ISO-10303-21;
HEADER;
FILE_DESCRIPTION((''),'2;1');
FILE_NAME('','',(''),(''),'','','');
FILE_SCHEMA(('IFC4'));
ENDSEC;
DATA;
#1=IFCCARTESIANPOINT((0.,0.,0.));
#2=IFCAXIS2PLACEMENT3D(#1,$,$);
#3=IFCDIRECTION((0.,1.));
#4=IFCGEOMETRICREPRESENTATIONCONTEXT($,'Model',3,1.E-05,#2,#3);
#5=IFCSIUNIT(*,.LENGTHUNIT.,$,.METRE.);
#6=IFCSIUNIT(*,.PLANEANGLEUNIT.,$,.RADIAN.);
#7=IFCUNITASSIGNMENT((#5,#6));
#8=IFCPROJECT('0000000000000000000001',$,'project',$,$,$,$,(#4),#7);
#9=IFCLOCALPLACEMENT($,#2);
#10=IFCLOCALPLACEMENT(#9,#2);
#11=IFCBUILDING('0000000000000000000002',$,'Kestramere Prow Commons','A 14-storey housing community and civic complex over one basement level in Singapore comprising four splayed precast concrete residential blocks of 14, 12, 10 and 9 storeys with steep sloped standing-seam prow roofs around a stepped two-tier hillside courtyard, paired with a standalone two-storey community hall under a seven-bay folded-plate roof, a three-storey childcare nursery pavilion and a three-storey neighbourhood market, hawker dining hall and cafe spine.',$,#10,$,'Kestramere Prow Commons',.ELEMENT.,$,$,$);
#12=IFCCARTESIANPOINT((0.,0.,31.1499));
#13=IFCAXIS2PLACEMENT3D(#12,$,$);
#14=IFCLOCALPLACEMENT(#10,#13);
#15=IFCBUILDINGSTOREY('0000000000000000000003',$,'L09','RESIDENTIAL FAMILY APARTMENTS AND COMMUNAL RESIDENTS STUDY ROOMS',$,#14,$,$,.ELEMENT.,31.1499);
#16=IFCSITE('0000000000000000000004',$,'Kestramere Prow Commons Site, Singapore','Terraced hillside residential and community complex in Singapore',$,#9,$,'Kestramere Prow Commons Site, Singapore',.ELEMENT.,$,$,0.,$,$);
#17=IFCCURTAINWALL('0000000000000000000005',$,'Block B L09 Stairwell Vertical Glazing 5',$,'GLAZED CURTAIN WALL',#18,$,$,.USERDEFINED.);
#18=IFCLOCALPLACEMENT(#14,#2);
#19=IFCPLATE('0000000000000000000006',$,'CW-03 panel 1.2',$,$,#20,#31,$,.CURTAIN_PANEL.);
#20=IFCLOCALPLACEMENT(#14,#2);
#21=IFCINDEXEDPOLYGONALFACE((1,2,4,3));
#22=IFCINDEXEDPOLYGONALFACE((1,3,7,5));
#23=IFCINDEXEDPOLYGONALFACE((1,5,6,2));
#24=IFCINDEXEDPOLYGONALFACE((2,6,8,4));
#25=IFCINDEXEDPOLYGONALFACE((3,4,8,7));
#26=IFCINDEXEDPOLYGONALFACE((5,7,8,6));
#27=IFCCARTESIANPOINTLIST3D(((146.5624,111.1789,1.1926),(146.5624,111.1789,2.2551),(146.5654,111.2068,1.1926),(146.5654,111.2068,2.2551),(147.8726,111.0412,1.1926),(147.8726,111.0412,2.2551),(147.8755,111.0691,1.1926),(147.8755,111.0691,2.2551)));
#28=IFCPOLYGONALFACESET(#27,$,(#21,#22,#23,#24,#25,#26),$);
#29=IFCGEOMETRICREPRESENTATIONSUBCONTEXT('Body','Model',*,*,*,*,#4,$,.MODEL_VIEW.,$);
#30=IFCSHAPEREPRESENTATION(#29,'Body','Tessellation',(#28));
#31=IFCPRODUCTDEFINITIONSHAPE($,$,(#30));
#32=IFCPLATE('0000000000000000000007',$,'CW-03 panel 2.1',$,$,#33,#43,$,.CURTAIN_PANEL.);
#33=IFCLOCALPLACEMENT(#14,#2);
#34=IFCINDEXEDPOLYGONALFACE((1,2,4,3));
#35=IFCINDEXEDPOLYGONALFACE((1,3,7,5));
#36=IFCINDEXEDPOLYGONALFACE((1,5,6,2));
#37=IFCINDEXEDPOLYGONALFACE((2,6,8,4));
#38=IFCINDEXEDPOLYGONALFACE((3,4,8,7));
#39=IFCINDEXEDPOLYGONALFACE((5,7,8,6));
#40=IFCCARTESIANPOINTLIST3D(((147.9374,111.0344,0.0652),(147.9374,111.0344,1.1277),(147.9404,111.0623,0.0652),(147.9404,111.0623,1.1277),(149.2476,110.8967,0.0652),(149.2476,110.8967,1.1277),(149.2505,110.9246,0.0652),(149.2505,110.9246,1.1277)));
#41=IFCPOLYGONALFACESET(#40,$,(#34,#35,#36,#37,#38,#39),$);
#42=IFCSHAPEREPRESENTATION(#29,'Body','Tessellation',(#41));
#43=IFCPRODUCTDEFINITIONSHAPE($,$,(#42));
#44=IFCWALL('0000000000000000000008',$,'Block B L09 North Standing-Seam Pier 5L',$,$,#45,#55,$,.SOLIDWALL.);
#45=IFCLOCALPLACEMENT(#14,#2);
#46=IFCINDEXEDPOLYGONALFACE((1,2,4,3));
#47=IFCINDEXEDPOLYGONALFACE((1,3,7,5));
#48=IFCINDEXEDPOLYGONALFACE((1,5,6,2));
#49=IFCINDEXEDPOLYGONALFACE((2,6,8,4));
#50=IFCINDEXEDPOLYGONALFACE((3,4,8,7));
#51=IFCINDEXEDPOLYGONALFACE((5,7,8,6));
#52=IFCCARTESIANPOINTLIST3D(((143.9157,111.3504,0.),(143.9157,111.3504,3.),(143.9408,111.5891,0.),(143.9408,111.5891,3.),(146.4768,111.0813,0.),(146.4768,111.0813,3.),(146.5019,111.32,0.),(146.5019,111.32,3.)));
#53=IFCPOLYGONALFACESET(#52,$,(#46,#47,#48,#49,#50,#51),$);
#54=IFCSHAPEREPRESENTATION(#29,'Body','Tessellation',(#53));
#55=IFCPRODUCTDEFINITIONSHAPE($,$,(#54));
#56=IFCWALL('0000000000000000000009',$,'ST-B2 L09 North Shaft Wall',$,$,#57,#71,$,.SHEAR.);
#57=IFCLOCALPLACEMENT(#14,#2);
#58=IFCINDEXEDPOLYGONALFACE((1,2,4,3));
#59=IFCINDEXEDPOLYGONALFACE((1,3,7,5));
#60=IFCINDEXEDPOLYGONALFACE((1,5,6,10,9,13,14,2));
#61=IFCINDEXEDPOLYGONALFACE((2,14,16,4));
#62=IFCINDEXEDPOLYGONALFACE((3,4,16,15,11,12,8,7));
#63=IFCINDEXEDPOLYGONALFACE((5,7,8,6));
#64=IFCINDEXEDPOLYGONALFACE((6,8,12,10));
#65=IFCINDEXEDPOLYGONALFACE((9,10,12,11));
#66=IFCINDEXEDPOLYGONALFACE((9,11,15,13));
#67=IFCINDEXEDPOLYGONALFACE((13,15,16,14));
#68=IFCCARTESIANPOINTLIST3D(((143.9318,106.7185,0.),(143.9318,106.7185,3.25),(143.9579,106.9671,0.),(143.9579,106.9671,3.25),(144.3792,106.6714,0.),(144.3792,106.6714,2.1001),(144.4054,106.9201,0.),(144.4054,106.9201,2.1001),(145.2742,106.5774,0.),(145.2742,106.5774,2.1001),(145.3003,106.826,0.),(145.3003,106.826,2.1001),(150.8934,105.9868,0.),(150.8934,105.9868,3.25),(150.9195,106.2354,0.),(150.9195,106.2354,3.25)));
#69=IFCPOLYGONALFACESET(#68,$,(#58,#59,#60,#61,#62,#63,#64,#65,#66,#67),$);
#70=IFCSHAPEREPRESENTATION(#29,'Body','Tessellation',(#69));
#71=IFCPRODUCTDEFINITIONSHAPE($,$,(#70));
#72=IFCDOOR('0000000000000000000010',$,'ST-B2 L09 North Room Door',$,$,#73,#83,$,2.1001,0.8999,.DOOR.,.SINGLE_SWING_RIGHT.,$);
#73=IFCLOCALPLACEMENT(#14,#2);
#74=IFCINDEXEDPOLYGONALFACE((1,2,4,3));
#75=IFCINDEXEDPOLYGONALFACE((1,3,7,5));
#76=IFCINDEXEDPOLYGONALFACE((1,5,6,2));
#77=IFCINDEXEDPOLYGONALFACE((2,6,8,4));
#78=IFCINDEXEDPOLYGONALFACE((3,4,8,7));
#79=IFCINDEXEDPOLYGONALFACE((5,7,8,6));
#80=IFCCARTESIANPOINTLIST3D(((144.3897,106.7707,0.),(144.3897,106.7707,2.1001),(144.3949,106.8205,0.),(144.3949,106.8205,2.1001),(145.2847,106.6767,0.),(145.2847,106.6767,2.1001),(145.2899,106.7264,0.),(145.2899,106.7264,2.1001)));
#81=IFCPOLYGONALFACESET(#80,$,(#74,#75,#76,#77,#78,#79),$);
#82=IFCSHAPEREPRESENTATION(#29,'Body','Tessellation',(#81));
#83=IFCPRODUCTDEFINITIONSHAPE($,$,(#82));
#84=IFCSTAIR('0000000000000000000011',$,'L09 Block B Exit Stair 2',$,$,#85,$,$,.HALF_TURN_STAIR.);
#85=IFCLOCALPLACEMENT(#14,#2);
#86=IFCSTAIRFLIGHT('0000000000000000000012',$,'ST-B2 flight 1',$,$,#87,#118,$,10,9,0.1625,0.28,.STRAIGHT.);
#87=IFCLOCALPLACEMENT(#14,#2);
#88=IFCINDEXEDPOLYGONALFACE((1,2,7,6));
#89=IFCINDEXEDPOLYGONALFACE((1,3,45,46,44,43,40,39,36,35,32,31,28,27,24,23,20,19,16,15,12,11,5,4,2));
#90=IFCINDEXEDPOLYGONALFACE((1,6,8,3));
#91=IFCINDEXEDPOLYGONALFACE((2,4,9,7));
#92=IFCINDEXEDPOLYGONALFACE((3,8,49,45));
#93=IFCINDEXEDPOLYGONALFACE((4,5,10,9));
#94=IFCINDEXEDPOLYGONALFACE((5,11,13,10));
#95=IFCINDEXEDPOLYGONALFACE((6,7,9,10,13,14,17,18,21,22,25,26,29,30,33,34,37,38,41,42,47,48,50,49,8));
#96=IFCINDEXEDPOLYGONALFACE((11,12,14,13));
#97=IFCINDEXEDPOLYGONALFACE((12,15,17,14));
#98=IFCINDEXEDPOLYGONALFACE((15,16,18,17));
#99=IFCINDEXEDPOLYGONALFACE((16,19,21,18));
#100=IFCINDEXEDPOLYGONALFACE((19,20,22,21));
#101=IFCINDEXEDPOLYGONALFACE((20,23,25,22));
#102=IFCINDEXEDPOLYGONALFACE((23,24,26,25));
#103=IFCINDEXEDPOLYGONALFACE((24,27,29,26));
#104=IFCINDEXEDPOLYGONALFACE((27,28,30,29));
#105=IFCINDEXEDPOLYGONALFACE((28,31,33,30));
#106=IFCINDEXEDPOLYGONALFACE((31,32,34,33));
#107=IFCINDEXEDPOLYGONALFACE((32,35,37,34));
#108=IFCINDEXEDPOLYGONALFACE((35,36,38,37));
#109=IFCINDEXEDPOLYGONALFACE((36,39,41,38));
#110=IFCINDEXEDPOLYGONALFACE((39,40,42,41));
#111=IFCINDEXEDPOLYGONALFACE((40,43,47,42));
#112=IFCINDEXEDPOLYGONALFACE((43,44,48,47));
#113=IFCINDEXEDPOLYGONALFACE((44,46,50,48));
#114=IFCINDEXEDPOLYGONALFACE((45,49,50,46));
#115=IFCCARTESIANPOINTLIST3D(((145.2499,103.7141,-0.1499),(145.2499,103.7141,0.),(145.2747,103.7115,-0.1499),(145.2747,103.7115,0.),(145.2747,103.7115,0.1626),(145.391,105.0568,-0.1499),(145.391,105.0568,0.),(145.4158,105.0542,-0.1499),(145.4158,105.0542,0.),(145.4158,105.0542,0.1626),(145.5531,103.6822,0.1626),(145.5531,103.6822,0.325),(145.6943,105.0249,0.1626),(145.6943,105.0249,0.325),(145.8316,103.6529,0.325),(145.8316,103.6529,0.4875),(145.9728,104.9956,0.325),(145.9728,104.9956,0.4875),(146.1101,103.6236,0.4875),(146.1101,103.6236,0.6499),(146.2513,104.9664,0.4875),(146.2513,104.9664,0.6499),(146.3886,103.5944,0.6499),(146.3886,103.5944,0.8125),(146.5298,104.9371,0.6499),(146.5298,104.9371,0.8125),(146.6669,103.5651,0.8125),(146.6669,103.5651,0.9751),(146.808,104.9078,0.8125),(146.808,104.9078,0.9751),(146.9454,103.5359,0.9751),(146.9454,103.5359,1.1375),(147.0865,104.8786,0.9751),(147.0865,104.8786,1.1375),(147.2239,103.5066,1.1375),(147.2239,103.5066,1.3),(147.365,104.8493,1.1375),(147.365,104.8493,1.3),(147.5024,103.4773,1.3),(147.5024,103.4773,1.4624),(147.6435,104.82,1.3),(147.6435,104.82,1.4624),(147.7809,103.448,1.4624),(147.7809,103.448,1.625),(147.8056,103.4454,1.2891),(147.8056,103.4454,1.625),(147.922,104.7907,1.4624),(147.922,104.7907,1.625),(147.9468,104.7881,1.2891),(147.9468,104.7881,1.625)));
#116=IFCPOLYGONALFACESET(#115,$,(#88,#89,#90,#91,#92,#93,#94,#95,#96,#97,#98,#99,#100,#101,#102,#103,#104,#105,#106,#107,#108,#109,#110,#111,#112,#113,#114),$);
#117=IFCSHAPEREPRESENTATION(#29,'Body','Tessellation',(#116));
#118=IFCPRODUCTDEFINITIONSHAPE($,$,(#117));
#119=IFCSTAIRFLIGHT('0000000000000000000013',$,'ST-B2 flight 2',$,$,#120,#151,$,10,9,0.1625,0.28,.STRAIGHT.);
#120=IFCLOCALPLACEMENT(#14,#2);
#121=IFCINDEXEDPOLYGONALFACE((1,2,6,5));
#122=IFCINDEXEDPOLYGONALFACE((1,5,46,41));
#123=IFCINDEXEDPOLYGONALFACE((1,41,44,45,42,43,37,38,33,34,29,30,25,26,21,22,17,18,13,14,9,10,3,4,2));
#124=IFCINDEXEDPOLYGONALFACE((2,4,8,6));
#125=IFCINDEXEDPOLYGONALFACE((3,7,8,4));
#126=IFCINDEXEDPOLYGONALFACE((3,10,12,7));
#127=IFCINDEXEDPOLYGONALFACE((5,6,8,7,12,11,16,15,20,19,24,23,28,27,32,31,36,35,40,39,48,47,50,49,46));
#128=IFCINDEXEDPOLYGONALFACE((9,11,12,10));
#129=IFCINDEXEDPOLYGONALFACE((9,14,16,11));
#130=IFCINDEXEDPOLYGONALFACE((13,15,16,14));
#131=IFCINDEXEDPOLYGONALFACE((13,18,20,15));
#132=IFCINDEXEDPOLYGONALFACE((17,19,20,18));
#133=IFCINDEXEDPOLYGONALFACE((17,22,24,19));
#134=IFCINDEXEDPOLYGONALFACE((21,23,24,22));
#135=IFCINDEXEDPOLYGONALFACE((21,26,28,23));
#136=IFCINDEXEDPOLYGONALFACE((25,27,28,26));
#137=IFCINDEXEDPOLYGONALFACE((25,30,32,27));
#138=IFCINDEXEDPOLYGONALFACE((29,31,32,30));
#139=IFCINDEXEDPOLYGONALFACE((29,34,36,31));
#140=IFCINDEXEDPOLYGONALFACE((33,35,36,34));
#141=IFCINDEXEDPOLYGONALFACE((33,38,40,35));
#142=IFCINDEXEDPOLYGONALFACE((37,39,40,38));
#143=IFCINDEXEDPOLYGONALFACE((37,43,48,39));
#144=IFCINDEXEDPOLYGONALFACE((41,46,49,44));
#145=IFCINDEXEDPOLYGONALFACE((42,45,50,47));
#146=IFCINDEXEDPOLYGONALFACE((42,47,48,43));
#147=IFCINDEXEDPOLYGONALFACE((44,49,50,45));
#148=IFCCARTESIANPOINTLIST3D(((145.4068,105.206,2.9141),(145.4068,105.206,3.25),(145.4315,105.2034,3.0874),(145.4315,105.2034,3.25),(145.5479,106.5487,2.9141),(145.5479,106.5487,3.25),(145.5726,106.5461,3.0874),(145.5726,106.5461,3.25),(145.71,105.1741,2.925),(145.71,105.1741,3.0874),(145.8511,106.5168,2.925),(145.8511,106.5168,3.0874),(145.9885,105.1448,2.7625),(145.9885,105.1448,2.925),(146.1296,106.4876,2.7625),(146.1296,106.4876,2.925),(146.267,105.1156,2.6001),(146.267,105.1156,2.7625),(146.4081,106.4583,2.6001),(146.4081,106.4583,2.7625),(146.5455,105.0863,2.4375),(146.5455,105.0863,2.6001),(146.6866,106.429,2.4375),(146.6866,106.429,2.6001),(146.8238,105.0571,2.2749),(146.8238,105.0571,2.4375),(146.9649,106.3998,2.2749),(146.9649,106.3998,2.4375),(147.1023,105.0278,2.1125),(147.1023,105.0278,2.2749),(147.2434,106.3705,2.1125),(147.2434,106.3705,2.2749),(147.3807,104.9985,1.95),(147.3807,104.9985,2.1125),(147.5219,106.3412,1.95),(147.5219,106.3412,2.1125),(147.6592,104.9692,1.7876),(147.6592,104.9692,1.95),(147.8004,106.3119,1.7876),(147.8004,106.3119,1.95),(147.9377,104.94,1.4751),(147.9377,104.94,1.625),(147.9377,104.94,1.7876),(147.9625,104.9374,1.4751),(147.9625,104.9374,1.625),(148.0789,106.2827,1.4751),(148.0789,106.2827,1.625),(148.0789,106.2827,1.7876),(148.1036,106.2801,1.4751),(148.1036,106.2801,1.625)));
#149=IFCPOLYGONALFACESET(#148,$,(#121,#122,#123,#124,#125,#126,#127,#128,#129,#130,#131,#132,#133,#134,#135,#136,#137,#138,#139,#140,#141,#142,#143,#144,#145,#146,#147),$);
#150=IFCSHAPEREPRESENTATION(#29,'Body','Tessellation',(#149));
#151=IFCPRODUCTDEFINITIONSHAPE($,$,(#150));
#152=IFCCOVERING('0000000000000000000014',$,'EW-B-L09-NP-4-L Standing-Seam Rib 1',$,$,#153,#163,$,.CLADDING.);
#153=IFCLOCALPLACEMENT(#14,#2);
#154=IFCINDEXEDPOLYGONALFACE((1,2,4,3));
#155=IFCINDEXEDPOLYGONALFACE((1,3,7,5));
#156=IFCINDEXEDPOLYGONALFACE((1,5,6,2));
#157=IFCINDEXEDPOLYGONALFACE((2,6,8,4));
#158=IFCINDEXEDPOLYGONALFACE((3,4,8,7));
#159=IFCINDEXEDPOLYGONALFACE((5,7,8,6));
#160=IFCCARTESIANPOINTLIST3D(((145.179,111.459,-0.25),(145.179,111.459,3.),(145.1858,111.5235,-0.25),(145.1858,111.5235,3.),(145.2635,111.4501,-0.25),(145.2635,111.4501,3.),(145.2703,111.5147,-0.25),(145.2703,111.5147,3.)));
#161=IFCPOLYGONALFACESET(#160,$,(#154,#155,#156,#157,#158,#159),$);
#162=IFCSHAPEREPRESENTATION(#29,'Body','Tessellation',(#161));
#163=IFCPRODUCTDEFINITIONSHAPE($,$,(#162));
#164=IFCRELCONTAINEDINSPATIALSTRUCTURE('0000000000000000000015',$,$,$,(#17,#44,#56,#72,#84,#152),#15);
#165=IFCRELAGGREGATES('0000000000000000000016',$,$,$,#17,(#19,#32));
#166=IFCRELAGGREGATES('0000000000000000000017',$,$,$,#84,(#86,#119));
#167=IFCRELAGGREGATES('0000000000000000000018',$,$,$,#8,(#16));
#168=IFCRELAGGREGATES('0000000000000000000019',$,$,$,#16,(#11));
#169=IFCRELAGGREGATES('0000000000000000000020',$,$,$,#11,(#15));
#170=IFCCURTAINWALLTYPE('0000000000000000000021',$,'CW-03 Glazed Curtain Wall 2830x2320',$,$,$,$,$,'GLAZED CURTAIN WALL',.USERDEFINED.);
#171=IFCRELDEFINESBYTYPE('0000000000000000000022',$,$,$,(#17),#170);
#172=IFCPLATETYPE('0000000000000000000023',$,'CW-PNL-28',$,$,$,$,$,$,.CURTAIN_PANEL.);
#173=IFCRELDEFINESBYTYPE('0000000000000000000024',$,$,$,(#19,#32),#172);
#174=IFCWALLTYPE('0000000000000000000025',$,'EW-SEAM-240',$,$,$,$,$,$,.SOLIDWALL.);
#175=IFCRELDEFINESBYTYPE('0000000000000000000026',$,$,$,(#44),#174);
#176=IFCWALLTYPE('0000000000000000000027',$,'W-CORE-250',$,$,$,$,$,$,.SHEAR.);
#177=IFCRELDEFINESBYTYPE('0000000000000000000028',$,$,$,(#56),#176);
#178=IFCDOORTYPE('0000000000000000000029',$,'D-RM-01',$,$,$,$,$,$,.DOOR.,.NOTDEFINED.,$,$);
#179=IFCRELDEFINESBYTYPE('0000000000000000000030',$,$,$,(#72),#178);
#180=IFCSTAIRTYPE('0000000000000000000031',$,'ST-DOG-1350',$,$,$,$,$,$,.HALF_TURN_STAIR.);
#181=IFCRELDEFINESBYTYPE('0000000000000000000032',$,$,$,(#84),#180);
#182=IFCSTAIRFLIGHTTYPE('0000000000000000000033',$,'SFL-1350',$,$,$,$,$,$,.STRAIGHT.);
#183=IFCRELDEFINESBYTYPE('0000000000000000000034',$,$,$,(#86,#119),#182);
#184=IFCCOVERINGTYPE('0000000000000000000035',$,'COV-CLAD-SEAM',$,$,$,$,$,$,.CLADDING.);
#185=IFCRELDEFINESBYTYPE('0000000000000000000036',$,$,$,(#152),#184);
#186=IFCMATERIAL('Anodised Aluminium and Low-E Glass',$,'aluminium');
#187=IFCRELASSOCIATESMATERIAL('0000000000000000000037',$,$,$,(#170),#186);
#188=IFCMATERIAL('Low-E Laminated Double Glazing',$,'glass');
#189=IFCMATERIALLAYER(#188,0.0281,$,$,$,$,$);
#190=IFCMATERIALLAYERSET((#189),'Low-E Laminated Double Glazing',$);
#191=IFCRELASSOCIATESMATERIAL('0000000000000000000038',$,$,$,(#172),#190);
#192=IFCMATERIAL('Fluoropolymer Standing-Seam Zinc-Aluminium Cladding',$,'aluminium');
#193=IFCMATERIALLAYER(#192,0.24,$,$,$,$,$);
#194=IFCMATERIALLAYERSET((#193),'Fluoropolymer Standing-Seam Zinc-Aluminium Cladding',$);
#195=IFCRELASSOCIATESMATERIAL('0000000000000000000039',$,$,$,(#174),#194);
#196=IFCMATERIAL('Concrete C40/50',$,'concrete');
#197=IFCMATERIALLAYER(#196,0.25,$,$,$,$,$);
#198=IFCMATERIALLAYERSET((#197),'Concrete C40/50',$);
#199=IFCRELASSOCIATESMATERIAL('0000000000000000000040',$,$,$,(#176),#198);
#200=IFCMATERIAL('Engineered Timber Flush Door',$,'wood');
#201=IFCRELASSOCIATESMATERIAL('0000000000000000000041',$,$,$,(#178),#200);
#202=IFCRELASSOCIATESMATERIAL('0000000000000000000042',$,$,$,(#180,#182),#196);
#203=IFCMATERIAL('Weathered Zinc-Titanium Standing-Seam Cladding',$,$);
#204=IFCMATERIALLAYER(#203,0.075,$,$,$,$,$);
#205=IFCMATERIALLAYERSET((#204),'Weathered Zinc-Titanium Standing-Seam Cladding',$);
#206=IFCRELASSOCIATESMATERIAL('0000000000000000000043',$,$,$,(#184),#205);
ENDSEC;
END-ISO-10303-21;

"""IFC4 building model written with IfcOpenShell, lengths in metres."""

from ifc_helpers import new_model, si_unit, direction, frame, frame_2d, origin, origin_2d, place, context, subcontext, project, spatial, polyline, rectangle, outline, extrude, material, layer, layer_set, type_object, element, fill, aggregate, save


model = new_model("IFC4")

# Units and contexts
model_context = context("Model", 3, precision=1e-05, world=origin(), true_north=direction((0.0, 1.0)))
body_context = subcontext(model_context, "Body", "Model", "MODEL_VIEW")
ifc_project = project(units=[si_unit("LENGTHUNIT", "METRE"), si_unit("PLANEANGLEUNIT", "RADIAN")], contexts=[model_context])

# Site, building, storey
site_placement = place(None, origin())
site = spatial("IfcSite", under=ifc_project, at=site_placement, Name="Kestramere Prow Commons Site, Singapore", Description="Terraced hillside residential and community complex in Singapore", LongName="Kestramere Prow Commons Site, Singapore", CompositionType="ELEMENT", RefElevation=0.0)
building_placement = place(site_placement, origin())
building = spatial("IfcBuilding", under=site, at=building_placement, Name="Kestramere Prow Commons", Description="A 14-storey housing community and civic complex over one basement level in Singapore comprising four splayed precast concrete residential blocks of 14, 12, 10 and 9 storeys with steep sloped standing-seam prow roofs around a stepped two-tier hillside courtyard, paired with a standalone two-storey community hall under a seven-bay folded-plate roof, a three-storey childcare nursery pavilion and a three-storey neighbourhood market, hawker dining hall and cafe spine.", LongName="Kestramere Prow Commons", CompositionType="ELEMENT")
storey_placement = place(building_placement, frame((0.0, 0.0, 31.1499)))
storey = spatial("IfcBuildingStorey", under=building, at=storey_placement, Name="L09", Description="RESIDENTIAL FAMILY APARTMENTS AND COMMUNAL RESIDENTS STUDY ROOMS", CompositionType="ELEMENT", Elevation=31.1499)

# Shared definitions
ifc_material_1 = material(Name="Concrete C40/50", Category="concrete")

# Curtain wall
ifc_material_2 = material(Name="Anodised Aluminium and Low-E Glass", Category="aluminium")
curtain_wall_type = type_object("IfcCurtainWallType", Name="CW-03 Glazed Curtain Wall 2830x2320", ElementType="GLAZED CURTAIN WALL", PredefinedType="USERDEFINED", material=ifc_material_2)
curtain_wall_placement = place(storey_placement, origin())
curtain_wall = element("IfcCurtainWall", 1, at=curtain_wall_placement, inside=storey, type_object=curtain_wall_type, Name="Block B L09 Stairwell Vertical Glazing 5", ObjectType="GLAZED CURTAIN WALL", PredefinedType="USERDEFINED")

# Plates
ifc_material_3 = material(Name="Low-E Laminated Double Glazing", Category="glass")
ifc_layer_1 = layer(ifc_material_3, 0.0281)
ifc_layer_set_1 = layer_set([ifc_layer_1], Name="Low-E Laminated Double Glazing")
plate_type = type_object("IfcPlateType", Name="CW-PNL-28", PredefinedType="CURTAIN_PANEL", material=ifc_layer_set_1)
plate_1_placement = place(storey_placement, frame((147.219, 111.124, 1.1926), z_axis=(0.0, 0.0, 1.0), x_axis=(0.994522, -0.104528, 0.0)))
plate_1 = element("IfcPlate", 2, at=plate_1_placement, type_object=plate_type, Name="CW-03 panel 1.2", PredefinedType="CURTAIN_PANEL", context=body_context, shape_type="SweptSolid", body=[
    extrude(rectangle(XDim=1.3174, YDim=0.0281, at=origin_2d()), origin(), (0.0, 0.0, 1.0), 1.0625),
])
plate_2_placement = place(storey_placement, frame((148.594, 110.9795, 0.0652), z_axis=(0.0, 0.0, 1.0), x_axis=(0.994522, -0.104528, 0.0)))
plate_2 = element("IfcPlate", 3, at=plate_2_placement, type_object=plate_type, Name="CW-03 panel 2.1", PredefinedType="CURTAIN_PANEL", context=body_context, shape_type="SweptSolid", body=[
    extrude(rectangle(XDim=1.3174, YDim=0.0281, at=origin_2d()), origin(), (0.0, 0.0, 1.0), 1.0625),
])
aggregate(curtain_wall, [plate_1, plate_2])

# Wall
ifc_material_4 = material(Name="Fluoropolymer Standing-Seam Zinc-Aluminium Cladding", Category="aluminium")
ifc_layer_2 = layer(ifc_material_4, 0.24)
ifc_layer_set_2 = layer_set([ifc_layer_2], Name="Fluoropolymer Standing-Seam Zinc-Aluminium Cladding")
wall_type_1 = type_object("IfcWallType", Name="EW-SEAM-240", PredefinedType="SOLIDWALL", material=ifc_layer_set_2)
wall_1_placement = place(storey_placement, frame((143.9282, 111.4697, 0.0), z_axis=(0.0, 0.0, 1.0), x_axis=(0.994527, -0.104478, 0.0)))
element("IfcWall", 4, at=wall_1_placement, inside=storey, type_object=wall_type_1, Name="Block B L09 North Standing-Seam Pier 5L", PredefinedType="SOLIDWALL", context=body_context, shape_type="SweptSolid", body=[
    extrude(rectangle(XDim=2.5752, YDim=0.24, at=frame_2d((1.2876, 0.0))), origin(), (0.0, 0.0, 1.0), 3.0),
])

# Wall, opening, door
ifc_layer_3 = layer(ifc_material_1, 0.25)
ifc_layer_set_3 = layer_set([ifc_layer_3], Name="Concrete C40/50")
wall_type_2 = type_object("IfcWallType", Name="W-CORE-250", PredefinedType="SHEAR", material=ifc_layer_set_3)
wall_2_placement = place(storey_placement, frame((143.9448, 106.8428, 0.0), z_axis=(0.0, 0.0, 1.0), x_axis=(0.994522, -0.104527, 0.0)))
wall_2 = element("IfcWall", 5, at=wall_2_placement, inside=storey, type_object=wall_type_2, Name="ST-B2 L09 North Shaft Wall", PredefinedType="SHEAR", context=body_context, shape_type="SweptSolid", body=[
    extrude(rectangle(XDim=7.0, YDim=0.25, at=frame_2d((3.5, 0.0))), origin(), (0.0, 0.0, 1.0), 3.25),
])
opening_placement = place(wall_2_placement, frame((0.45, 0.0, 0.0)))
opening = element("IfcOpeningElement", 6, at=opening_placement, cuts=wall_2, PredefinedType="OPENING", context=body_context, shape_type="SweptSolid", body=[
    extrude(rectangle(XDim=0.8999, YDim=2.1001, at=frame_2d((0.45, 1.05))), frame((0.0, 0.1399, 0.0), z_axis=(0.0, -1.0, 0.0), x_axis=(1.0, 0.0, 0.0)), (0.0, 0.0, 1.0), 0.28),
])
ifc_material_5 = material(Name="Engineered Timber Flush Door", Category="wood")
door_type = type_object("IfcDoorType", Name="D-RM-01", OperationType="NOTDEFINED", PredefinedType="DOOR", material=ifc_material_5)
door_placement = place(opening_placement, origin())
door = element("IfcDoor", 7, at=door_placement, inside=storey, type_object=door_type, Name="ST-B2 L09 North Room Door", OperationType="SINGLE_SWING_RIGHT", OverallHeight=2.1001, OverallWidth=0.8999, PredefinedType="DOOR", context=body_context, shape_type="SweptSolid", body=[
    extrude(rectangle(XDim=0.8999, YDim=2.1001, at=frame_2d((0.45, 1.05))), frame((0.0, 0.0249, 0.0), z_axis=(0.0, -1.0, 0.0), x_axis=(1.0, 0.0, 0.0)), (0.0, 0.0, 1.0), 0.05),
])
fill(opening, door)

# Stair, stair flights
stair_type = type_object("IfcStairType", Name="ST-DOG-1350", PredefinedType="HALF_TURN_STAIR", material=ifc_material_1)
stair_placement = place(storey_placement, origin())
stair = element("IfcStair", 8, at=stair_placement, inside=storey, type_object=stair_type, Name="L09 Block B Exit Stair 2", PredefinedType="HALF_TURN_STAIR")
stair_flight_type = type_object("IfcStairFlightType", Name="SFL-1350", PredefinedType="STRAIGHT", material=ifc_material_1)
stair_flight_1_placement = place(storey_placement, frame((145.3452, 104.3828, 0.0), z_axis=(0.0, 0.0, 1.0), x_axis=(0.994522, -0.104528, 0.0)))
stair_flight_1 = element("IfcStairFlight", 9, at=stair_flight_1_placement, type_object=stair_flight_type, Name="ST-B2 flight 1", NumberOfRisers=10, NumberOfTreads=9, PredefinedType="STRAIGHT", RiserHeight=0.1625, TreadLength=0.28, context=body_context, shape_type="SweptSolid", body=[
    extrude(outline(polyline([(-0.0249, 0.0), (0.0, 0.0), (0.0, 0.1626), (0.28, 0.1626), (0.28, 0.325), (0.5601, 0.325), (0.5601, 0.4875), (0.8401, 0.4875), (0.8401, 0.6499), (1.1201, 0.6499), (1.1201, 0.8125), (1.3999, 0.8125), (1.3999, 0.9751), (1.6799, 0.9751), (1.6799, 1.1375), (1.96, 1.1375), (1.96, 1.3), (2.24, 1.3), (2.24, 1.4624), (2.52, 1.4624), (2.52, 1.625), (2.5449, 1.625), (2.5449, 1.2891), (0.0, -0.1499), (-0.0249, -0.1499), (-0.0249, 0.0)])), frame((0.0, 0.675, 0.0), z_axis=(0.0, -1.0, 0.0), x_axis=(1.0, 0.0, 0.0)), (0.0, 0.0, 1.0), 1.3501),
])
stair_flight_2_placement = place(storey_placement, frame((148.0083, 105.6113, 1.625), z_axis=(0.0, 0.0, 1.0), x_axis=(-0.994522, 0.104528, 0.0)))
stair_flight_2 = element("IfcStairFlight", 10, at=stair_flight_2_placement, type_object=stair_flight_type, Name="ST-B2 flight 2", NumberOfRisers=10, NumberOfTreads=9, PredefinedType="STRAIGHT", RiserHeight=0.1625, TreadLength=0.28, context=body_context, shape_type="SweptSolid", body=[
    extrude(outline(polyline([(-0.0249, 0.0), (0.0, 0.0), (0.0, 0.1626), (0.28, 0.1626), (0.28, 0.325), (0.5601, 0.325), (0.5601, 0.4875), (0.8401, 0.4875), (0.8401, 0.6499), (1.1201, 0.6499), (1.1201, 0.8125), (1.3999, 0.8125), (1.3999, 0.9751), (1.6799, 0.9751), (1.6799, 1.1375), (1.96, 1.1375), (1.96, 1.3), (2.24, 1.3), (2.24, 1.4624), (2.52, 1.4624), (2.52, 1.625), (2.5449, 1.625), (2.5449, 1.2891), (0.0, -0.1499), (-0.0249, -0.1499), (-0.0249, 0.0)])), frame((0.0, 0.675, 0.0), z_axis=(0.0, -1.0, 0.0), x_axis=(1.0, 0.0, 0.0)), (0.0, 0.0, 1.0), 1.3501),
])
aggregate(stair, [stair_flight_1, stair_flight_2])

# Covering
ifc_material_6 = material(Name="Weathered Zinc-Titanium Standing-Seam Cladding")
ifc_layer_4 = layer(ifc_material_6, 0.075)
ifc_layer_set_4 = layer_set([ifc_layer_4], Name="Weathered Zinc-Titanium Standing-Seam Cladding")
covering_type = type_object("IfcCoveringType", Name="COV-CLAD-SEAM", PredefinedType="CLADDING", material=ifc_layer_set_4)
covering_placement = place(storey_placement, frame((145.2246, 111.4868, -0.25), z_axis=(0.0, 0.0, 1.0), x_axis=(0.994522, -0.104528, 0.0)))
element("IfcCovering", 11, at=covering_placement, inside=storey, type_object=covering_type, Name="EW-B-L09-NP-4-L Standing-Seam Rib 1", PredefinedType="CLADDING", context=body_context, shape_type="SweptSolid", body=[
    extrude(rectangle(XDim=0.085, YDim=0.0649, at=origin_2d()), origin(), (0.0, 0.0, 1.0), 3.25),
])

save(model, "model.ifc")
